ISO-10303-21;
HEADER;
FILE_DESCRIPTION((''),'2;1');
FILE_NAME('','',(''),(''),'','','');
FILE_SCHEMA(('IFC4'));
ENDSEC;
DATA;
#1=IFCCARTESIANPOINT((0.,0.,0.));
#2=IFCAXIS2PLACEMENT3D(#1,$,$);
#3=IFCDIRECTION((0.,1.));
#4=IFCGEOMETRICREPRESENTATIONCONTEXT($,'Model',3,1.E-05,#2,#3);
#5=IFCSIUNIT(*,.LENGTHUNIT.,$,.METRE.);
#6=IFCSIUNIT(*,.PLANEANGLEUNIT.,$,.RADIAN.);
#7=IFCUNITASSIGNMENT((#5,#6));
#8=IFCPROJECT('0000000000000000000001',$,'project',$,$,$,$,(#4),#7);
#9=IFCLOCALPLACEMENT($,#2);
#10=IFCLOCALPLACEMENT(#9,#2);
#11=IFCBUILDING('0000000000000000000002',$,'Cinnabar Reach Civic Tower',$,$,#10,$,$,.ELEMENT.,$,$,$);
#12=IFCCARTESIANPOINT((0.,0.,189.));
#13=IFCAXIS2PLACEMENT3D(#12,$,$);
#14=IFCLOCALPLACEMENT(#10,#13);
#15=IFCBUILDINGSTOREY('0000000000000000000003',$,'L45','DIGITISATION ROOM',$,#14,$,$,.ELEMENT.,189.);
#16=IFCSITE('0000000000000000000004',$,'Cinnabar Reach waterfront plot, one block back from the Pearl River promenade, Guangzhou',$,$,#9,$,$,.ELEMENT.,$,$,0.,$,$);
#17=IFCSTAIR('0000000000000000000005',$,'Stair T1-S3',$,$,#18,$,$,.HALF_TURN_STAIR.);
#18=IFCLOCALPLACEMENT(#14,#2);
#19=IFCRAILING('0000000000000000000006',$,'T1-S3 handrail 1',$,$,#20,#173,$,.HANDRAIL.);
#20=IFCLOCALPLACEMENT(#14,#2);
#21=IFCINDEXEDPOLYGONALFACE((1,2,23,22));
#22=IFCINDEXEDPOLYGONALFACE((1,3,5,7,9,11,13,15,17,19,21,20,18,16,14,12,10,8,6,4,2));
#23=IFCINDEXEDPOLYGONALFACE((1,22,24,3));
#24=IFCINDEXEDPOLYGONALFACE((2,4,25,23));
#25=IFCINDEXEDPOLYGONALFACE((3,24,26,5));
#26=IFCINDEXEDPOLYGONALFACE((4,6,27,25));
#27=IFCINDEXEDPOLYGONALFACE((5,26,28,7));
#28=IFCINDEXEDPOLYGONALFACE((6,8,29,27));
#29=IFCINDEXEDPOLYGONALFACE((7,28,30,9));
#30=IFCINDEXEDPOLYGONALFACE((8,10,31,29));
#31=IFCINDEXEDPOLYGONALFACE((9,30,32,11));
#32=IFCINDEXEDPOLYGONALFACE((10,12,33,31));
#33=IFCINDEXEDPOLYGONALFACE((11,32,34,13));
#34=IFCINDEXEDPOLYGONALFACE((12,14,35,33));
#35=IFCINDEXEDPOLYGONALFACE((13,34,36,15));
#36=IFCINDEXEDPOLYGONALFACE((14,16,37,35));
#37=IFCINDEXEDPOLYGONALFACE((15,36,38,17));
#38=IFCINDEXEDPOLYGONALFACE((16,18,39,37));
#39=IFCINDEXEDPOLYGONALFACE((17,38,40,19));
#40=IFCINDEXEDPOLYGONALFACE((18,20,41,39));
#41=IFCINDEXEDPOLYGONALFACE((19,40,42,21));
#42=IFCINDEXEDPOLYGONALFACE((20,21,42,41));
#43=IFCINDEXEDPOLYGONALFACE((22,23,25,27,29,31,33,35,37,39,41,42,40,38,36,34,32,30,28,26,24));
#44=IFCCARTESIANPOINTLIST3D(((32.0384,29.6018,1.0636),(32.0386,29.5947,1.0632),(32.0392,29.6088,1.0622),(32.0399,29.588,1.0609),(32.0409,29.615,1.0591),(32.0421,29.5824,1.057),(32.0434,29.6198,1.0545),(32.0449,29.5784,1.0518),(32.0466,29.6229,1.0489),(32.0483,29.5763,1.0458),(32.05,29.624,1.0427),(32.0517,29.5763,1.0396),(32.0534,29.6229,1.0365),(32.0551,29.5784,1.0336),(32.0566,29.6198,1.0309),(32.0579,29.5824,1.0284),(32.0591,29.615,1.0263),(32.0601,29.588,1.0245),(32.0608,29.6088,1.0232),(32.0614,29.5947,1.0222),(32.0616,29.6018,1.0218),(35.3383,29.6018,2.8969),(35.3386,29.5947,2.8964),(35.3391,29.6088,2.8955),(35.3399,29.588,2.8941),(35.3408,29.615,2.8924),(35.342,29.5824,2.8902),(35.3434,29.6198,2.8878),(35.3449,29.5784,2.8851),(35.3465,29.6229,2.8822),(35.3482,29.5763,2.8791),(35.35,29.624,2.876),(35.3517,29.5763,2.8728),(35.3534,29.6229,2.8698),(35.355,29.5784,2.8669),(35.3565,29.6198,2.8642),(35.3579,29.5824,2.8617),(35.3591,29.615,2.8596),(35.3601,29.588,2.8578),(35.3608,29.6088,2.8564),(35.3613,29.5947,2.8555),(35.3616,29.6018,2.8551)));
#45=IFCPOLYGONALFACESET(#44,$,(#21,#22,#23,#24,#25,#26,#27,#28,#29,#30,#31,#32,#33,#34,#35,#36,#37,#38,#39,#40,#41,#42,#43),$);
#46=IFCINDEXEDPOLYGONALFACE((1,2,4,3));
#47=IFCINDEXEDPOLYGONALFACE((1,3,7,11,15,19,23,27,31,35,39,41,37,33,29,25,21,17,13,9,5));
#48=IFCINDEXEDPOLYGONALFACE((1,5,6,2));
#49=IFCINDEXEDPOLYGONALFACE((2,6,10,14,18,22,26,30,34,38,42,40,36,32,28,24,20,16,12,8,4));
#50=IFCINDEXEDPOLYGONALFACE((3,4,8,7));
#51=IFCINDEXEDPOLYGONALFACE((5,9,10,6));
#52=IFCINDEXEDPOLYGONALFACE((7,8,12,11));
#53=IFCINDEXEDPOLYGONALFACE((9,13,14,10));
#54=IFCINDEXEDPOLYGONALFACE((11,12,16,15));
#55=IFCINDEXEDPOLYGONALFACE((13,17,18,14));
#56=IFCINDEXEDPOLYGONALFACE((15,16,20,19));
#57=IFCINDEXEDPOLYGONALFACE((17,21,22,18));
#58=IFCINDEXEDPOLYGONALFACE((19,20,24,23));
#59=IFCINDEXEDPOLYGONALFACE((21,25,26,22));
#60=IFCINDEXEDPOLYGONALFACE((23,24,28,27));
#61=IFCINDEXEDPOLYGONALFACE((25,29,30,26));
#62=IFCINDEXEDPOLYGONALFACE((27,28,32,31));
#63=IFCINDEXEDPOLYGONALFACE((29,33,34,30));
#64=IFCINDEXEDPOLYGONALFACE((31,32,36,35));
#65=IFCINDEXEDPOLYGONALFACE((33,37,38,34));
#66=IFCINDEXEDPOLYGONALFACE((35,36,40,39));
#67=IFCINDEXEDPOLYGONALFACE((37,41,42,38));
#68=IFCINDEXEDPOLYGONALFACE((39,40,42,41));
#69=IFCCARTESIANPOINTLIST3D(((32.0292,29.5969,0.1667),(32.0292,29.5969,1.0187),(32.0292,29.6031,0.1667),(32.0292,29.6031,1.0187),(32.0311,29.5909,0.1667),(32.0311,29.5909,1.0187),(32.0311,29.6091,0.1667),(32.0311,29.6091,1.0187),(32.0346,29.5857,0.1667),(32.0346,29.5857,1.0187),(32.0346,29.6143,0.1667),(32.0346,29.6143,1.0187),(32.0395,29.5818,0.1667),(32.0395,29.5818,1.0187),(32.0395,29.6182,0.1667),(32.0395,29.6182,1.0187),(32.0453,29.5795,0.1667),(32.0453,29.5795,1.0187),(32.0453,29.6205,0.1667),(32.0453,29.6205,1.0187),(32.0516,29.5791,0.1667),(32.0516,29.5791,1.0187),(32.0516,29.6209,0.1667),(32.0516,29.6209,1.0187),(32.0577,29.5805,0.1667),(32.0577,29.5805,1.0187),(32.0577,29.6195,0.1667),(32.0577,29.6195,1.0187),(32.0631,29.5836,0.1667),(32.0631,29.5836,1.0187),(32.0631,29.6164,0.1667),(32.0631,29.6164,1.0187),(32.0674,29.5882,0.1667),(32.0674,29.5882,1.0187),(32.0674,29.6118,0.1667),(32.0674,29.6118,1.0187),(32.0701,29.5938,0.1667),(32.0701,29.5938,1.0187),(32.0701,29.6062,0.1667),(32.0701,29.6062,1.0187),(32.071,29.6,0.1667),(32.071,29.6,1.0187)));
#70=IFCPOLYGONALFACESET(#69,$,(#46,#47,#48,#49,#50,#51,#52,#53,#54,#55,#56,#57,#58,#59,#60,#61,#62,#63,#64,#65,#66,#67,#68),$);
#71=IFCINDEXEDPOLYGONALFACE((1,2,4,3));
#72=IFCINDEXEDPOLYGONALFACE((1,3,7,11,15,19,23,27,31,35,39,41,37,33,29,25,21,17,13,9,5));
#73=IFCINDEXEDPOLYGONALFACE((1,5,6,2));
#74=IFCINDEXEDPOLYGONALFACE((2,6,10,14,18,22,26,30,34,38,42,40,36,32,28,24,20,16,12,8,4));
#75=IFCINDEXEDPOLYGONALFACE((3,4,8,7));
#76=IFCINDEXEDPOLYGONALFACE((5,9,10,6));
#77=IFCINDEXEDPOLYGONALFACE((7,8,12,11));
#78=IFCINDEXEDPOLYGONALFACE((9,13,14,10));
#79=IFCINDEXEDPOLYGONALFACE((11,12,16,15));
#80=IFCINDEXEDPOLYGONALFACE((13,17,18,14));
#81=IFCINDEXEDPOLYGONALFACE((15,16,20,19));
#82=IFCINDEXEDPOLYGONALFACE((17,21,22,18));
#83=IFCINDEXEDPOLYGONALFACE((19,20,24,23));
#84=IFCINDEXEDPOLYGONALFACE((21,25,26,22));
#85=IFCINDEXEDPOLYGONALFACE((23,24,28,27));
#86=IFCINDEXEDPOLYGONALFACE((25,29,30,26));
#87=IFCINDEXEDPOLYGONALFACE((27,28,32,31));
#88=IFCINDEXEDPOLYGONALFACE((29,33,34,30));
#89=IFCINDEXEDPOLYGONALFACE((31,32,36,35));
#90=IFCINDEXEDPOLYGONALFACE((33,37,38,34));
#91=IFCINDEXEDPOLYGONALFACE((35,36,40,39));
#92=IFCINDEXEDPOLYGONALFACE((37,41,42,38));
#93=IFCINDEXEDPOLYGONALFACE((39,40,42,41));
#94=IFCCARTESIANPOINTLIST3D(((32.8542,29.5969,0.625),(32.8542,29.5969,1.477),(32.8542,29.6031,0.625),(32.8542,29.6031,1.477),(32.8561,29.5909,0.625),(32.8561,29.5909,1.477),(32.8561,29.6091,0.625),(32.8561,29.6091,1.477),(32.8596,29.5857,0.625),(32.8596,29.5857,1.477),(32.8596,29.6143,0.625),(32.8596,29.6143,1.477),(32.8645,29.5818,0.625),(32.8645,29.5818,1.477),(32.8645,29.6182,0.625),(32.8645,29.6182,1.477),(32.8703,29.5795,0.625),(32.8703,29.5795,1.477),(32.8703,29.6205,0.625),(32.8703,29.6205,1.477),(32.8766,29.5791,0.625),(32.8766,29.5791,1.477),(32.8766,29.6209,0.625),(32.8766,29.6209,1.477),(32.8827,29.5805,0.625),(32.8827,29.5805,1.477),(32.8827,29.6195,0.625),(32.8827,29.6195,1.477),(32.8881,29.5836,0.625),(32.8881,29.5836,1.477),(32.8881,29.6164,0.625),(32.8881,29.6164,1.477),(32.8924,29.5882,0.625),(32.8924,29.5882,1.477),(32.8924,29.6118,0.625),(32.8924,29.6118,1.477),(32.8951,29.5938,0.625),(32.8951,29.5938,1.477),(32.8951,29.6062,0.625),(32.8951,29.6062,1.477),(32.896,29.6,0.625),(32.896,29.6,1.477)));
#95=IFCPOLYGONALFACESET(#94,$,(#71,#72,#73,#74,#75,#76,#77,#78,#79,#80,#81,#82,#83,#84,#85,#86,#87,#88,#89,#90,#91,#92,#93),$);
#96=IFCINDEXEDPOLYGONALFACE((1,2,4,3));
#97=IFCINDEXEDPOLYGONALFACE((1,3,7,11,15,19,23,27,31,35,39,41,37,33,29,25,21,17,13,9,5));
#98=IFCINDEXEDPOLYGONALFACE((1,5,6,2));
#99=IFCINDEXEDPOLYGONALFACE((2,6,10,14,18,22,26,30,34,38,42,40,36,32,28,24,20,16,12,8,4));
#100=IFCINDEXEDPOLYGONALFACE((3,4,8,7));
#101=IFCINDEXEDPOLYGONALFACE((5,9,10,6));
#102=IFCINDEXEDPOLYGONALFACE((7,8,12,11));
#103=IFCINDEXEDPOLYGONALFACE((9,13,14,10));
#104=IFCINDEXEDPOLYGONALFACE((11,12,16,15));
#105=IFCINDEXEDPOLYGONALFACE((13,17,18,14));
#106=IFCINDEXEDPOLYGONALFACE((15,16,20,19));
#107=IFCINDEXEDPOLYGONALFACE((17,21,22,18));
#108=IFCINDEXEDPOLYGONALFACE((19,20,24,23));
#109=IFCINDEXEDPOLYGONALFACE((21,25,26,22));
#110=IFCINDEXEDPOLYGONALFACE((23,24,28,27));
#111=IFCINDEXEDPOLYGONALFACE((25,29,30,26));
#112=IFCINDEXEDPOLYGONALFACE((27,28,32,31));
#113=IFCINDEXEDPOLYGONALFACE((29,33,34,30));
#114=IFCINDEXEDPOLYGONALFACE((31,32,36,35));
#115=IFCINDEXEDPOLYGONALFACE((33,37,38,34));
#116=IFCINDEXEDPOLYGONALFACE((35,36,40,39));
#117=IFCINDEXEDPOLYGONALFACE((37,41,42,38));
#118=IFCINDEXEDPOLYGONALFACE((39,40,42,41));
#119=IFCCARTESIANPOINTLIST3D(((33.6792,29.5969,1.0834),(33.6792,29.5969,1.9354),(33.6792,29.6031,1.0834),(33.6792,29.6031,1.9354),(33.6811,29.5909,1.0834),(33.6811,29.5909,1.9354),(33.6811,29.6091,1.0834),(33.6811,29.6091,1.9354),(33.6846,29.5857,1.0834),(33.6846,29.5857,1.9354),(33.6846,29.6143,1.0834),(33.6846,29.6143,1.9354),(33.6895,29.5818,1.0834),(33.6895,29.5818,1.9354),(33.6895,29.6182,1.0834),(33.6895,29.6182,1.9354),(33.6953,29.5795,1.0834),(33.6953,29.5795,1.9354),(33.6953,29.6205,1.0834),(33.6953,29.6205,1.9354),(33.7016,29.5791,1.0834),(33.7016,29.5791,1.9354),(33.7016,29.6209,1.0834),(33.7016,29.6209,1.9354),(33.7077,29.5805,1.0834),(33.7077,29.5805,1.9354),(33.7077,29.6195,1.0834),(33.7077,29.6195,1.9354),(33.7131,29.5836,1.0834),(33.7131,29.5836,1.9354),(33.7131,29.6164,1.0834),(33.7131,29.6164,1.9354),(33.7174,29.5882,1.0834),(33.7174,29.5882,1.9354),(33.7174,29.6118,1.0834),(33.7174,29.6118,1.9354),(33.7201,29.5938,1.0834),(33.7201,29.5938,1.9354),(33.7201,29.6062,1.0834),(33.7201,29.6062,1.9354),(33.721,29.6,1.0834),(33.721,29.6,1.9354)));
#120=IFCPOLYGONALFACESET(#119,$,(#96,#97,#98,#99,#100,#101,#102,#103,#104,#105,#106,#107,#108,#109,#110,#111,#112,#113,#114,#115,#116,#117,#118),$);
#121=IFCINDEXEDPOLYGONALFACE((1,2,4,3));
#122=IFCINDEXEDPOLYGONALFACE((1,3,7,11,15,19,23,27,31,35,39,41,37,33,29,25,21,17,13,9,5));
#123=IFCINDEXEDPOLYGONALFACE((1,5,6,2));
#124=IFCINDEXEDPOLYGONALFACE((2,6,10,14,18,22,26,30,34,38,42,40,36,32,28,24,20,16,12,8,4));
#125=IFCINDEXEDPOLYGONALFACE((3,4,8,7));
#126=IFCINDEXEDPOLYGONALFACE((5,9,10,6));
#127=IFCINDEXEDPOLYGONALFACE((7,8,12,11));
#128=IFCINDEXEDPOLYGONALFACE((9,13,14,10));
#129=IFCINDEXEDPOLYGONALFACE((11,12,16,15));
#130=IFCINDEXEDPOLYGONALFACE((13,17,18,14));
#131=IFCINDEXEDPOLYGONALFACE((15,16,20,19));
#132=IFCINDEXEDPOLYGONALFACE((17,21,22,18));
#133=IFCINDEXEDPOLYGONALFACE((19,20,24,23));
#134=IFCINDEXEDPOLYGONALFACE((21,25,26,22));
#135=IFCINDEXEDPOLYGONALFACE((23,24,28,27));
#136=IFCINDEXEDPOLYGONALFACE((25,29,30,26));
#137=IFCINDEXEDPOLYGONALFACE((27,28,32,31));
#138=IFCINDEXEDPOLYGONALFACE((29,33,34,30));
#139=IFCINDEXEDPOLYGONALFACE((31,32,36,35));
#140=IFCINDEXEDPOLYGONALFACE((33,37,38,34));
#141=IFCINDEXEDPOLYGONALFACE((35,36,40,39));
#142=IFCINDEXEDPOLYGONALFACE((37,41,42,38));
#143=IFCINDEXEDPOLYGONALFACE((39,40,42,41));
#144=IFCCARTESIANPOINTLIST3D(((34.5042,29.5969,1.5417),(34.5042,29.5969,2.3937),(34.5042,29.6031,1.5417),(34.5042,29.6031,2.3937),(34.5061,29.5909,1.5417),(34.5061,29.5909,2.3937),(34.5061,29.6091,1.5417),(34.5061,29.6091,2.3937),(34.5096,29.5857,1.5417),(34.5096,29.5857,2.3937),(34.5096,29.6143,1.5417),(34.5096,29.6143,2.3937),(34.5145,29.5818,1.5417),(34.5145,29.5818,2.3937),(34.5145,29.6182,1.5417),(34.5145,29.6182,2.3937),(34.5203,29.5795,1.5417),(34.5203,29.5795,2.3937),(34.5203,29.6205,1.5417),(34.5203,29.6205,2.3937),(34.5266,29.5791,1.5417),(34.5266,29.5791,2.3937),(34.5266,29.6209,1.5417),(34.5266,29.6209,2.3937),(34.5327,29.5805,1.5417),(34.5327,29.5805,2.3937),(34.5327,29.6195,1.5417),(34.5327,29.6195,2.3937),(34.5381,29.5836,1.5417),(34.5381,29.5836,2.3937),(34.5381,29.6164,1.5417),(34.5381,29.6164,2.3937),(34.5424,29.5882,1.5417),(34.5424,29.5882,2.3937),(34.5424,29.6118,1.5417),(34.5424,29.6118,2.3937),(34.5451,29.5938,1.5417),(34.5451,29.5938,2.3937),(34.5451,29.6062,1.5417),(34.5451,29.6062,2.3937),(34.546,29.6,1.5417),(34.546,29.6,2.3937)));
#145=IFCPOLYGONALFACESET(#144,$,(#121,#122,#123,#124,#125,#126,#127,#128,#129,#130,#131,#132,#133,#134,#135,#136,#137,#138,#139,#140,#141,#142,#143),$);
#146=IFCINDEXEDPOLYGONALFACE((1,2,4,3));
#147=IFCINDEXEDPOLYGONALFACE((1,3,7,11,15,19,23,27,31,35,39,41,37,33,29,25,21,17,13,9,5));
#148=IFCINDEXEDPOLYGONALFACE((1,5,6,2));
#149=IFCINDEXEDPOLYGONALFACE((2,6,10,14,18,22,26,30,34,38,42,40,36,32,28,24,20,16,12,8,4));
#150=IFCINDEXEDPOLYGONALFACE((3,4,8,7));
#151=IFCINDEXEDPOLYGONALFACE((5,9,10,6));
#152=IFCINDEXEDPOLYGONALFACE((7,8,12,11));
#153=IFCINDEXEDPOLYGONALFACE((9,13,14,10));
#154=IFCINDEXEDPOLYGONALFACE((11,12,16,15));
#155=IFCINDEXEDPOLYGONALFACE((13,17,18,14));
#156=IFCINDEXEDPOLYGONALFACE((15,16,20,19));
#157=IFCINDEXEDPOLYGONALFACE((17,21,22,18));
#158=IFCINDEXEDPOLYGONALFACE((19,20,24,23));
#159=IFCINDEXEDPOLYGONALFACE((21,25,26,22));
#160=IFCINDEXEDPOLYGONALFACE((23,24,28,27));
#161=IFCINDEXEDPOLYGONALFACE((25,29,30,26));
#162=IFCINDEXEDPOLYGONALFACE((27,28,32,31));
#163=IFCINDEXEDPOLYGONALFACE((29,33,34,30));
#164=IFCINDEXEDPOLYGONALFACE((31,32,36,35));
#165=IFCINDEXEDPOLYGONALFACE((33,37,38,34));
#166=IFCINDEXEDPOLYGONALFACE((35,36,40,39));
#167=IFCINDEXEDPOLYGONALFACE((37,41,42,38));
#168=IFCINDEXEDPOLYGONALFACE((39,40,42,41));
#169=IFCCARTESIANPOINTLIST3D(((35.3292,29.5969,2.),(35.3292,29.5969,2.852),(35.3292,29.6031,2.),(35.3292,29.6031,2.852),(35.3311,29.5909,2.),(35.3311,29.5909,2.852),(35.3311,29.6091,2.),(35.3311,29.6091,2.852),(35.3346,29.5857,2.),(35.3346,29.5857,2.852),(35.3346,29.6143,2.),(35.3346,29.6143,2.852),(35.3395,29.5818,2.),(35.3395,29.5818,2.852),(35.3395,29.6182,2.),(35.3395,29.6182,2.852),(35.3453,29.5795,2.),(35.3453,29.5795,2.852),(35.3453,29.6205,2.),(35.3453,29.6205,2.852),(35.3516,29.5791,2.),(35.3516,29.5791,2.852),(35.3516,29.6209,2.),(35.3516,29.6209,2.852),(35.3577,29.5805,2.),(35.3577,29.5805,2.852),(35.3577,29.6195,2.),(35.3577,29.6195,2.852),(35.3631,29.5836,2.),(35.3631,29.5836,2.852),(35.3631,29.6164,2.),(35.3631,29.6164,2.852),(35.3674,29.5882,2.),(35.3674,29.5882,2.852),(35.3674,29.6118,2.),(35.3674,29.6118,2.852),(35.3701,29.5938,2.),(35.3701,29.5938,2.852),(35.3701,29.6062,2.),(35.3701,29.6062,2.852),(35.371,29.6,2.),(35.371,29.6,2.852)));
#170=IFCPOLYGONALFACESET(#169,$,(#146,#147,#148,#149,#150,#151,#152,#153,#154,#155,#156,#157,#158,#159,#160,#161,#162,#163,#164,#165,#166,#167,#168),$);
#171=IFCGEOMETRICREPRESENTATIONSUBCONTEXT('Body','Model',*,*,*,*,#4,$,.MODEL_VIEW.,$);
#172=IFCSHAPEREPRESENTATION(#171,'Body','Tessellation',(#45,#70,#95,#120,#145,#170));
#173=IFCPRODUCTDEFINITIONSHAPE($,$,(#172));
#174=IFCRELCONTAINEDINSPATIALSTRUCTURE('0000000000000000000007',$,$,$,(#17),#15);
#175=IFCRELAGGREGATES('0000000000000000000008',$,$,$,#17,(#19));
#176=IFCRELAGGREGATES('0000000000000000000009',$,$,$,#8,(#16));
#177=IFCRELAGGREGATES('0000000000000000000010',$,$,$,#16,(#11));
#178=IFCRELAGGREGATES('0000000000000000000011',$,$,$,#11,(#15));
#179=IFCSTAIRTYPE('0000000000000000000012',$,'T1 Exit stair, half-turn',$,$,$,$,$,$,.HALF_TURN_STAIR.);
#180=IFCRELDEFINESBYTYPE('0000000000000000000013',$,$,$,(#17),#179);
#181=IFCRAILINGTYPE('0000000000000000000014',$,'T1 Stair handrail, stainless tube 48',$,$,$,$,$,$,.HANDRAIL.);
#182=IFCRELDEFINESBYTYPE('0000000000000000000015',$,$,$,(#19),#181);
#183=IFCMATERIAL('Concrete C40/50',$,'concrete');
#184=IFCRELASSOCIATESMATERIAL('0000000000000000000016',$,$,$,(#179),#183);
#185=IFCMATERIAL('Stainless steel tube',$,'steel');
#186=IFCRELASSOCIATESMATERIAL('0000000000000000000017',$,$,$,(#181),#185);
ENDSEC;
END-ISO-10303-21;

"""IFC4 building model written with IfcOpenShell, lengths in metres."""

from ifc_helpers import new_model, si_unit, direction, frame, origin, origin_2d, place, context, subcontext, project, spatial, circle, extrude, material, type_object, element, aggregate, save


model = new_model("IFC4")

# Units and contexts
model_context = context("Model", 3, precision=1e-05, world=origin(), true_north=direction((0.0, 1.0)))
body_context = subcontext(model_context, "Body", "Model", "MODEL_VIEW")
ifc_project = project(units=[si_unit("LENGTHUNIT", "METRE"), si_unit("PLANEANGLEUNIT", "RADIAN")], contexts=[model_context])

# Site, building, storey
site_placement = place(None, origin())
site = spatial("IfcSite", under=ifc_project, at=site_placement, Name="Cinnabar Reach waterfront plot, one block back from the Pearl River promenade, Guangzhou", CompositionType="ELEMENT", RefElevation=0.0)
building_placement = place(site_placement, origin())
building = spatial("IfcBuilding", under=site, at=building_placement, Name="Cinnabar Reach Civic Tower", CompositionType="ELEMENT")
storey_placement = place(building_placement, frame((0.0, 0.0, 189.0)))
storey = spatial("IfcBuildingStorey", under=building, at=storey_placement, Name="L45", Description="DIGITISATION ROOM", CompositionType="ELEMENT", Elevation=189.0)

# Stair, railing
ifc_material_1 = material(Name="Concrete C40/50", Category="concrete")
stair_type = type_object("IfcStairType", Name="T1 Exit stair, half-turn", PredefinedType="HALF_TURN_STAIR", material=ifc_material_1)
stair_placement = place(storey_placement, origin())
stair = element("IfcStair", 1, at=stair_placement, inside=storey, type_object=stair_type, Name="Stair T1-S3", PredefinedType="HALF_TURN_STAIR")
ifc_material_2 = material(Name="Stainless steel tube", Category="steel")
railing_type = type_object("IfcRailingType", Name="T1 Stair handrail, stainless tube 48", PredefinedType="HANDRAIL", material=ifc_material_2)
railing_placement = place(storey_placement, frame((32.05, 29.6, 0.1667)))
railing = element("IfcRailing", 2, at=railing_placement, type_object=railing_type, Name="T1-S3 handrail 1", PredefinedType="HANDRAIL", context=body_context, shape_type="SweptSolid", body=[
    extrude(circle(Radius=0.024, at=origin_2d()), frame((0.0, 0.0, 0.876), z_axis=(0.874161, 0.0, 0.485636), x_axis=(0.0, 1.0, 0.0)), (0.0, 0.0, 1.0), 3.775),
    extrude(circle(Radius=0.021, at=origin_2d()), origin(), (0.0, 0.0, 1.0), 0.852),
    extrude(circle(Radius=0.021, at=origin_2d()), frame((0.825, 0.0, 0.4583)), (0.0, 0.0, 1.0), 0.852),
    extrude(circle(Radius=0.021, at=origin_2d()), frame((1.65, 0.0, 0.9167)), (0.0, 0.0, 1.0), 0.852),
    extrude(circle(Radius=0.021, at=origin_2d()), frame((2.475, 0.0, 1.375)), (0.0, 0.0, 1.0), 0.852),
    extrude(circle(Radius=0.021, at=origin_2d()), frame((3.3, 0.0, 1.8333)), (0.0, 0.0, 1.0), 0.852),
])
aggregate(stair, [railing])

save(model, "model.ifc")
